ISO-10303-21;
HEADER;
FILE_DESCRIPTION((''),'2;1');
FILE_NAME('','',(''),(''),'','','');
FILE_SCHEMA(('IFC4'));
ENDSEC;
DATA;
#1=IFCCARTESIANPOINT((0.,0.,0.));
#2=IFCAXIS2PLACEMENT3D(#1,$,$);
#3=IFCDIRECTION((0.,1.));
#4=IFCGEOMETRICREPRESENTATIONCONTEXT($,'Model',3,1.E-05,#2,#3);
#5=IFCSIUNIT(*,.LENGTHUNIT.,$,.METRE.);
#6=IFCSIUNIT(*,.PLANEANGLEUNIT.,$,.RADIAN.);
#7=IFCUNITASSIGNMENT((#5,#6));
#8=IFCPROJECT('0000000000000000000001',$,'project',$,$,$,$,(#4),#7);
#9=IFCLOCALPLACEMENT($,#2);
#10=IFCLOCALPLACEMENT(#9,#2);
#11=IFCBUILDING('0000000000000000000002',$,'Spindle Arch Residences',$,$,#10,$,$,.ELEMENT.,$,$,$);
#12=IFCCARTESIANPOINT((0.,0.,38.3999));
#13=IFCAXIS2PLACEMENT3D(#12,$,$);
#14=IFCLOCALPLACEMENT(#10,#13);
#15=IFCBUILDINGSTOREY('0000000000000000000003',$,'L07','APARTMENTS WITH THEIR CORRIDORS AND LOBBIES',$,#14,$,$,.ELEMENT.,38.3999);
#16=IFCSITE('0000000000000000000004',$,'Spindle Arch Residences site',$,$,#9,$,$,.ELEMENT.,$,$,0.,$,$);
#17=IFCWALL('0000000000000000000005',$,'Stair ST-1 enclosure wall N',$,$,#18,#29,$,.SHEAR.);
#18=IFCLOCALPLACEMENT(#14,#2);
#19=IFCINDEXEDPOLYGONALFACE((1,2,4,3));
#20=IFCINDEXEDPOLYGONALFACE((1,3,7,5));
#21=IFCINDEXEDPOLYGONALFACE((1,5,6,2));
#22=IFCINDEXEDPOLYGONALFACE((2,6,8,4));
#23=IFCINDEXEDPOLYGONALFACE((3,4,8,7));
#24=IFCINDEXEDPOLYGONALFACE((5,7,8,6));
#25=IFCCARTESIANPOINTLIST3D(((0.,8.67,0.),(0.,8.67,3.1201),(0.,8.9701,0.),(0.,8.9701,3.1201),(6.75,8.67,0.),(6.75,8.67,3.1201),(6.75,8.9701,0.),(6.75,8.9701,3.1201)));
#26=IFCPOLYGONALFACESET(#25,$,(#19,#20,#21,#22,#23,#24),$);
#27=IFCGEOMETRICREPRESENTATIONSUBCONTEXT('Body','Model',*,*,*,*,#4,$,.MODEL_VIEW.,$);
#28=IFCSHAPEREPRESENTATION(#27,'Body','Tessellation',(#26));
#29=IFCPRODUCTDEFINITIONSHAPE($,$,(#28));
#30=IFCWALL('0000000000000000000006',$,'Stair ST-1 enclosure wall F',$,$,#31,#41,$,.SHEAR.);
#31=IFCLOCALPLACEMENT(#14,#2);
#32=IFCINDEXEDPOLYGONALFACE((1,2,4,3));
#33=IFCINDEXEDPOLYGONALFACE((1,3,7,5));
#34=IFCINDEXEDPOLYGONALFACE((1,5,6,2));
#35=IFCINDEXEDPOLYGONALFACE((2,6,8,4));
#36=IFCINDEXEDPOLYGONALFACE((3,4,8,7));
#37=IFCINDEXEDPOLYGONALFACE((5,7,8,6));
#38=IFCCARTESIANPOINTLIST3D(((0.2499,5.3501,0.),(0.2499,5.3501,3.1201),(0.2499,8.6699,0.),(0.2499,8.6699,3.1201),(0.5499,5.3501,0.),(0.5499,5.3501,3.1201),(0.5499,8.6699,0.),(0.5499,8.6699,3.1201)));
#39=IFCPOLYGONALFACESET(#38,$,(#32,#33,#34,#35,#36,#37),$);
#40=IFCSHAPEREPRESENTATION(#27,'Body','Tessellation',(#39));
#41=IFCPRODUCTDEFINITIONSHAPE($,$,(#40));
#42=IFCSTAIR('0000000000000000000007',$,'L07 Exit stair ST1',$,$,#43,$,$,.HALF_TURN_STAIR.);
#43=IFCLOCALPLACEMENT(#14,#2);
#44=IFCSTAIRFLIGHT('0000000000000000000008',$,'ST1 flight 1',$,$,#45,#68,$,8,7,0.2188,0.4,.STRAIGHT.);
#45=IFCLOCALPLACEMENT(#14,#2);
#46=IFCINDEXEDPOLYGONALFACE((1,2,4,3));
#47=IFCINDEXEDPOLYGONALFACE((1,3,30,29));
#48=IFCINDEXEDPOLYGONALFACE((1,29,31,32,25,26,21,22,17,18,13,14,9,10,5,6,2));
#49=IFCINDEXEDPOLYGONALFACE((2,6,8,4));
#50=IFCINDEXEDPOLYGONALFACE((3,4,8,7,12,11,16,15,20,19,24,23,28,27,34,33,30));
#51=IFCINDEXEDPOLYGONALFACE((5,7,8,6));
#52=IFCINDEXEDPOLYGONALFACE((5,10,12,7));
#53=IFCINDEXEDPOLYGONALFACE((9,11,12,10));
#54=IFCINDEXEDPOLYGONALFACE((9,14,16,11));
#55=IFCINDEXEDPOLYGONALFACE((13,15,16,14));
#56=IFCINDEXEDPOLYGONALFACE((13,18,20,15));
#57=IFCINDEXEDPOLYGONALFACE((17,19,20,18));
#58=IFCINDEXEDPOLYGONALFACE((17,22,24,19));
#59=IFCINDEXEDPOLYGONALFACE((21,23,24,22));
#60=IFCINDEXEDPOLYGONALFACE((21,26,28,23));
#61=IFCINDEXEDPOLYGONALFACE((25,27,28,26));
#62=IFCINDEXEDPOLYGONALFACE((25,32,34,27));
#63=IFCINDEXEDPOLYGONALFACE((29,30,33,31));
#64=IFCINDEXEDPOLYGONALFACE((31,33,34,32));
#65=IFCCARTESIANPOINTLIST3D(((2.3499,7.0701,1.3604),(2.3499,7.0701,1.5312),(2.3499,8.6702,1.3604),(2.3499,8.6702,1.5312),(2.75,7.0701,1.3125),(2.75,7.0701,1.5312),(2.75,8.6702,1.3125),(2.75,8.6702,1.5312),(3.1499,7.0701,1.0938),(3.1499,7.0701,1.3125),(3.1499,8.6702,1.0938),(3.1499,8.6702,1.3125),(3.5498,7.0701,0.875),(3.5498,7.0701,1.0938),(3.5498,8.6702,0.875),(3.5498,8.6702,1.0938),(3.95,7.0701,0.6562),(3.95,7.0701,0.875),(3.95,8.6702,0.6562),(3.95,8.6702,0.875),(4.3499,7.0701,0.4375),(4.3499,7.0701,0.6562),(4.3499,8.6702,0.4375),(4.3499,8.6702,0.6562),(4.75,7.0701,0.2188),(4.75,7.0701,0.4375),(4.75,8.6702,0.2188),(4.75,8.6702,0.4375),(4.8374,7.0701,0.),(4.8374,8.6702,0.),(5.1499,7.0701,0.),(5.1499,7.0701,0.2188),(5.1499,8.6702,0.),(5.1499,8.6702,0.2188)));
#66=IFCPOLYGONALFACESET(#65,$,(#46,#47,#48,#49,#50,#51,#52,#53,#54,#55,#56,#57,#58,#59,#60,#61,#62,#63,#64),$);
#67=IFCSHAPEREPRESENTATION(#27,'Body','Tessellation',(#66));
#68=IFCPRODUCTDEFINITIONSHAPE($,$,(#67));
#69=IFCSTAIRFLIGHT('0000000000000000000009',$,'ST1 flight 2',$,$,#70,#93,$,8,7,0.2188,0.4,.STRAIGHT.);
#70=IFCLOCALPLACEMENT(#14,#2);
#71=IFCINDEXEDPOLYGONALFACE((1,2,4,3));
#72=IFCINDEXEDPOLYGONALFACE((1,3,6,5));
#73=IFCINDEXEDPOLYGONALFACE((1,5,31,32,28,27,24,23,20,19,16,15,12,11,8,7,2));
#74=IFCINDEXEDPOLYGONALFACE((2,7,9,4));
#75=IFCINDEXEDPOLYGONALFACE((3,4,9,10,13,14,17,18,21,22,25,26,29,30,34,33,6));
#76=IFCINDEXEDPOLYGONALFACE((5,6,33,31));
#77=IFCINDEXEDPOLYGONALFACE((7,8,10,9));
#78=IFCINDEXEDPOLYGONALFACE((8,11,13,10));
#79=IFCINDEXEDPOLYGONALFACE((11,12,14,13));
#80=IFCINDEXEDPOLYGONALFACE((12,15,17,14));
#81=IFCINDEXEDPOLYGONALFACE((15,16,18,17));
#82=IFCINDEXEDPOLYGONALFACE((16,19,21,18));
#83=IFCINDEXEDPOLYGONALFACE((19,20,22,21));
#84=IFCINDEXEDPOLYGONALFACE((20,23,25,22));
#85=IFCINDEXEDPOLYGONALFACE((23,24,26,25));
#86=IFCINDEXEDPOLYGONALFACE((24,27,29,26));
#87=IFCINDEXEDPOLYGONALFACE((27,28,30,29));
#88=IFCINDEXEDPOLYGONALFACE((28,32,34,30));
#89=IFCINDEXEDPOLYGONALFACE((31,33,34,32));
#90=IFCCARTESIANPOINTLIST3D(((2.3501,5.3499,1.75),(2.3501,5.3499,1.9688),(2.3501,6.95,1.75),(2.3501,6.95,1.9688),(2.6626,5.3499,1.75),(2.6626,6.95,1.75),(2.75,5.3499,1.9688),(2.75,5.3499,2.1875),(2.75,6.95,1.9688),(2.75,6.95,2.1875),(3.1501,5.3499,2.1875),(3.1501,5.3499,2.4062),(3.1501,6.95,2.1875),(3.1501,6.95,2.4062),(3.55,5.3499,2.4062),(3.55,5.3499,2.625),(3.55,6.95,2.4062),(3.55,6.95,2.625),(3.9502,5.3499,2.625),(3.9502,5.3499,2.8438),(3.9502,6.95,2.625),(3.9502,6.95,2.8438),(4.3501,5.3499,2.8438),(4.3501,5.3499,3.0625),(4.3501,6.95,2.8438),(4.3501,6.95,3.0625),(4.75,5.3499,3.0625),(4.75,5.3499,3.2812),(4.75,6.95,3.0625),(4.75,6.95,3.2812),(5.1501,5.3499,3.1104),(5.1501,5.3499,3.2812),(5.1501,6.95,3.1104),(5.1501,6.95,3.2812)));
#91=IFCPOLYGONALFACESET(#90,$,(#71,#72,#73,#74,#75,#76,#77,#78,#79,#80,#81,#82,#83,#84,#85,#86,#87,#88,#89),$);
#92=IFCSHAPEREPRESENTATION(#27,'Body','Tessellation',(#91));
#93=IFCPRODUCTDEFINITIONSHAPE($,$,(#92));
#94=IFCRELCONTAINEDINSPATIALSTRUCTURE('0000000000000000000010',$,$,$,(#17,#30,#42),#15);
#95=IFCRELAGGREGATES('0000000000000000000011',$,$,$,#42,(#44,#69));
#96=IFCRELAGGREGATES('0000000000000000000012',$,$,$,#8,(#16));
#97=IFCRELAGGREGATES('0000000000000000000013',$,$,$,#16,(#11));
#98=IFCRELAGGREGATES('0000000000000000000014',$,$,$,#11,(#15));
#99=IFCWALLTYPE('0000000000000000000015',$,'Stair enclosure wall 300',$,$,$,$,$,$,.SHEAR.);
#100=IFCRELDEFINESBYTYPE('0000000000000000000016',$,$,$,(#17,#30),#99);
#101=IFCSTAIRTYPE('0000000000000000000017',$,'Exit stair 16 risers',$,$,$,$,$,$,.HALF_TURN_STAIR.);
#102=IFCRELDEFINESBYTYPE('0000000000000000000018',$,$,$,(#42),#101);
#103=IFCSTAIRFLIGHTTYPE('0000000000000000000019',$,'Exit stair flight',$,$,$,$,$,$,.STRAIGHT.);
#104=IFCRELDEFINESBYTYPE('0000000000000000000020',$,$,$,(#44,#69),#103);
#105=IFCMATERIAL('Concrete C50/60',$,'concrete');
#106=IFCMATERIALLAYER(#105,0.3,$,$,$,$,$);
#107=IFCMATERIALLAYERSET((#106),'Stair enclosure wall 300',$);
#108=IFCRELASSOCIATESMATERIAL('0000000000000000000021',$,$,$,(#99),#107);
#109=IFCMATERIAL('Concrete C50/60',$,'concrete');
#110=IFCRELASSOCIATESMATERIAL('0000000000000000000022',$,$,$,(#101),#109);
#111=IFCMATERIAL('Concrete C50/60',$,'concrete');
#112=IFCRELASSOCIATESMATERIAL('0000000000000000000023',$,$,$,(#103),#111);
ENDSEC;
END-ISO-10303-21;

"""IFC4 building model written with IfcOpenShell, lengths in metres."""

from ifc_helpers import new_model, si_unit, direction, frame, frame_2d, origin, place, context, subcontext, project, spatial, polyline, rectangle, outline, extrude, material, layer, layer_set, type_object, element, aggregate, save


model = new_model("IFC4")

# Units and contexts
model_context = context("Model", 3, precision=1e-05, world=origin(), true_north=direction((0.0, 1.0)))
body_context = subcontext(model_context, "Body", "Model", "MODEL_VIEW")
ifc_project = project(units=[si_unit("LENGTHUNIT", "METRE"), si_unit("PLANEANGLEUNIT", "RADIAN")], contexts=[model_context])

# Site, building, storey
site_placement = place(None, origin())
site = spatial("IfcSite", under=ifc_project, at=site_placement, Name="Spindle Arch Residences site", CompositionType="ELEMENT", RefElevation=0.0)
building_placement = place(site_placement, origin())
building = spatial("IfcBuilding", under=site, at=building_placement, Name="Spindle Arch Residences", CompositionType="ELEMENT")
storey_placement = place(building_placement, frame((0.0, 0.0, 38.3999)))
storey = spatial("IfcBuildingStorey", under=building, at=storey_placement, Name="L07", Description="APARTMENTS WITH THEIR CORRIDORS AND LOBBIES", CompositionType="ELEMENT", Elevation=38.3999)

# Walls
ifc_material_1 = material(Name="Concrete C50/60", Category="concrete")
ifc_layer_1 = layer(ifc_material_1, 0.3)
ifc_layer_set_1 = layer_set([ifc_layer_1], Name="Stair enclosure wall 300")
wall_type_1 = type_object("IfcWallType", Name="Stair enclosure wall 300", PredefinedType="SHEAR", material=ifc_layer_set_1)
for number, where, z_axis, x_axis, name in (
    (1, (0.0, 8.8201, 0.0), (0.0, 0.0, 1.0), (1.0, 0.0, 0.0), "Stair ST-1 enclosure wall N"),
):
    element("IfcWall", number, at=place(storey_placement, frame(where, z_axis=z_axis, x_axis=x_axis)), inside=storey, type_object=wall_type_1, Name=name, PredefinedType="SHEAR", context=body_context, shape_type="SweptSolid", body=[
        extrude(rectangle(XDim=6.75, YDim=0.3, at=frame_2d((3.375, 0.0))), origin(), (0.0, 0.0, 1.0), 3.1201),
    ])
wall_1_placement = place(storey_placement, frame((0.3999, 5.3501, 0.0), z_axis=(0.0, 0.0, 1.0), x_axis=(0.0, 1.0, 0.0)))
element("IfcWall", 2, at=wall_1_placement, inside=storey, type_object=wall_type_1, Name="Stair ST-1 enclosure wall F", PredefinedType="SHEAR", context=body_context, shape_type="SweptSolid", body=[
    extrude(rectangle(XDim=3.3198, YDim=0.3, at=frame_2d((1.6599, 0.0))), origin(), (0.0, 0.0, 1.0), 3.1201),
])

# Stair, stair flights
ifc_material_2 = material(Name="Concrete C50/60", Category="concrete")
stair_type = type_object("IfcStairType", Name="Exit stair 16 risers", PredefinedType="HALF_TURN_STAIR", material=ifc_material_2)
stair_placement = place(storey_placement, origin())
stair = element("IfcStair", 3, at=stair_placement, inside=storey, type_object=stair_type, Name="L07 Exit stair ST1", PredefinedType="HALF_TURN_STAIR")
ifc_material_3 = material(Name="Concrete C50/60", Category="concrete")
stair_flight_type = type_object("IfcStairFlightType", Name="Exit stair flight", PredefinedType="STRAIGHT", material=ifc_material_3)
stair_flight_1_placement = place(storey_placement, frame((5.1499, 7.8701, 0.0), z_axis=(0.0, 0.0, 1.0), x_axis=(-1.0, 0.0, 0.0)))
stair_flight_1 = element("IfcStairFlight", 4, at=stair_flight_1_placement, type_object=stair_flight_type, Name="ST1 flight 1", NumberOfRisers=8, NumberOfTreads=7, PredefinedType="STRAIGHT", RiserHeight=0.2188, TreadLength=0.4, context=body_context, shape_type="SweptSolid", body=[
    extrude(outline(polyline([(0.0, 0.0), (0.0, 0.2188), (0.3999, 0.2188), (0.3999, 0.4375), (0.8, 0.4375), (0.8, 0.6562), (1.2, 0.6562), (1.2, 0.875), (1.6001, 0.875), (1.6001, 1.0938), (2.0, 1.0938), (2.0, 1.3125), (2.3999, 1.3125), (2.3999, 1.5312), (2.8, 1.5312), (2.8, 1.75), (2.8, 1.3604), (0.3125, 0.0), (0.0, 0.0)])), frame((0.0, 0.8, 0.0), z_axis=(0.0, -1.0, 0.0), x_axis=(1.0, 0.0, 0.0)), (0.0, 0.0, 1.0), 1.6001),
])
stair_flight_2_placement = place(storey_placement, frame((2.3501, 6.1499, 1.75), z_axis=(0.0, 0.0, 1.0), x_axis=(1.0, 0.0, 0.0)))
stair_flight_2 = element("IfcStairFlight", 5, at=stair_flight_2_placement, type_object=stair_flight_type, Name="ST1 flight 2", NumberOfRisers=8, NumberOfTreads=7, PredefinedType="STRAIGHT", RiserHeight=0.2188, TreadLength=0.4, context=body_context, shape_type="SweptSolid", body=[
    extrude(outline(polyline([(0.0, 0.0), (0.0, 0.2188), (0.3999, 0.2188), (0.3999, 0.4375), (0.8, 0.4375), (0.8, 0.6562), (1.2, 0.6562), (1.2, 0.875), (1.6001, 0.875), (1.6001, 1.0938), (2.0, 1.0938), (2.0, 1.3125), (2.3999, 1.3125), (2.3999, 1.5312), (2.8, 1.5312), (2.8, 1.75), (2.8, 1.3604), (0.3125, 0.0), (0.0, 0.0)])), frame((0.0, 0.8, 0.0), z_axis=(0.0, -1.0, 0.0), x_axis=(1.0, 0.0, 0.0)), (0.0, 0.0, 1.0), 1.6001),
])
aggregate(stair, [stair_flight_1, stair_flight_2])

save(model, "model.ifc")
